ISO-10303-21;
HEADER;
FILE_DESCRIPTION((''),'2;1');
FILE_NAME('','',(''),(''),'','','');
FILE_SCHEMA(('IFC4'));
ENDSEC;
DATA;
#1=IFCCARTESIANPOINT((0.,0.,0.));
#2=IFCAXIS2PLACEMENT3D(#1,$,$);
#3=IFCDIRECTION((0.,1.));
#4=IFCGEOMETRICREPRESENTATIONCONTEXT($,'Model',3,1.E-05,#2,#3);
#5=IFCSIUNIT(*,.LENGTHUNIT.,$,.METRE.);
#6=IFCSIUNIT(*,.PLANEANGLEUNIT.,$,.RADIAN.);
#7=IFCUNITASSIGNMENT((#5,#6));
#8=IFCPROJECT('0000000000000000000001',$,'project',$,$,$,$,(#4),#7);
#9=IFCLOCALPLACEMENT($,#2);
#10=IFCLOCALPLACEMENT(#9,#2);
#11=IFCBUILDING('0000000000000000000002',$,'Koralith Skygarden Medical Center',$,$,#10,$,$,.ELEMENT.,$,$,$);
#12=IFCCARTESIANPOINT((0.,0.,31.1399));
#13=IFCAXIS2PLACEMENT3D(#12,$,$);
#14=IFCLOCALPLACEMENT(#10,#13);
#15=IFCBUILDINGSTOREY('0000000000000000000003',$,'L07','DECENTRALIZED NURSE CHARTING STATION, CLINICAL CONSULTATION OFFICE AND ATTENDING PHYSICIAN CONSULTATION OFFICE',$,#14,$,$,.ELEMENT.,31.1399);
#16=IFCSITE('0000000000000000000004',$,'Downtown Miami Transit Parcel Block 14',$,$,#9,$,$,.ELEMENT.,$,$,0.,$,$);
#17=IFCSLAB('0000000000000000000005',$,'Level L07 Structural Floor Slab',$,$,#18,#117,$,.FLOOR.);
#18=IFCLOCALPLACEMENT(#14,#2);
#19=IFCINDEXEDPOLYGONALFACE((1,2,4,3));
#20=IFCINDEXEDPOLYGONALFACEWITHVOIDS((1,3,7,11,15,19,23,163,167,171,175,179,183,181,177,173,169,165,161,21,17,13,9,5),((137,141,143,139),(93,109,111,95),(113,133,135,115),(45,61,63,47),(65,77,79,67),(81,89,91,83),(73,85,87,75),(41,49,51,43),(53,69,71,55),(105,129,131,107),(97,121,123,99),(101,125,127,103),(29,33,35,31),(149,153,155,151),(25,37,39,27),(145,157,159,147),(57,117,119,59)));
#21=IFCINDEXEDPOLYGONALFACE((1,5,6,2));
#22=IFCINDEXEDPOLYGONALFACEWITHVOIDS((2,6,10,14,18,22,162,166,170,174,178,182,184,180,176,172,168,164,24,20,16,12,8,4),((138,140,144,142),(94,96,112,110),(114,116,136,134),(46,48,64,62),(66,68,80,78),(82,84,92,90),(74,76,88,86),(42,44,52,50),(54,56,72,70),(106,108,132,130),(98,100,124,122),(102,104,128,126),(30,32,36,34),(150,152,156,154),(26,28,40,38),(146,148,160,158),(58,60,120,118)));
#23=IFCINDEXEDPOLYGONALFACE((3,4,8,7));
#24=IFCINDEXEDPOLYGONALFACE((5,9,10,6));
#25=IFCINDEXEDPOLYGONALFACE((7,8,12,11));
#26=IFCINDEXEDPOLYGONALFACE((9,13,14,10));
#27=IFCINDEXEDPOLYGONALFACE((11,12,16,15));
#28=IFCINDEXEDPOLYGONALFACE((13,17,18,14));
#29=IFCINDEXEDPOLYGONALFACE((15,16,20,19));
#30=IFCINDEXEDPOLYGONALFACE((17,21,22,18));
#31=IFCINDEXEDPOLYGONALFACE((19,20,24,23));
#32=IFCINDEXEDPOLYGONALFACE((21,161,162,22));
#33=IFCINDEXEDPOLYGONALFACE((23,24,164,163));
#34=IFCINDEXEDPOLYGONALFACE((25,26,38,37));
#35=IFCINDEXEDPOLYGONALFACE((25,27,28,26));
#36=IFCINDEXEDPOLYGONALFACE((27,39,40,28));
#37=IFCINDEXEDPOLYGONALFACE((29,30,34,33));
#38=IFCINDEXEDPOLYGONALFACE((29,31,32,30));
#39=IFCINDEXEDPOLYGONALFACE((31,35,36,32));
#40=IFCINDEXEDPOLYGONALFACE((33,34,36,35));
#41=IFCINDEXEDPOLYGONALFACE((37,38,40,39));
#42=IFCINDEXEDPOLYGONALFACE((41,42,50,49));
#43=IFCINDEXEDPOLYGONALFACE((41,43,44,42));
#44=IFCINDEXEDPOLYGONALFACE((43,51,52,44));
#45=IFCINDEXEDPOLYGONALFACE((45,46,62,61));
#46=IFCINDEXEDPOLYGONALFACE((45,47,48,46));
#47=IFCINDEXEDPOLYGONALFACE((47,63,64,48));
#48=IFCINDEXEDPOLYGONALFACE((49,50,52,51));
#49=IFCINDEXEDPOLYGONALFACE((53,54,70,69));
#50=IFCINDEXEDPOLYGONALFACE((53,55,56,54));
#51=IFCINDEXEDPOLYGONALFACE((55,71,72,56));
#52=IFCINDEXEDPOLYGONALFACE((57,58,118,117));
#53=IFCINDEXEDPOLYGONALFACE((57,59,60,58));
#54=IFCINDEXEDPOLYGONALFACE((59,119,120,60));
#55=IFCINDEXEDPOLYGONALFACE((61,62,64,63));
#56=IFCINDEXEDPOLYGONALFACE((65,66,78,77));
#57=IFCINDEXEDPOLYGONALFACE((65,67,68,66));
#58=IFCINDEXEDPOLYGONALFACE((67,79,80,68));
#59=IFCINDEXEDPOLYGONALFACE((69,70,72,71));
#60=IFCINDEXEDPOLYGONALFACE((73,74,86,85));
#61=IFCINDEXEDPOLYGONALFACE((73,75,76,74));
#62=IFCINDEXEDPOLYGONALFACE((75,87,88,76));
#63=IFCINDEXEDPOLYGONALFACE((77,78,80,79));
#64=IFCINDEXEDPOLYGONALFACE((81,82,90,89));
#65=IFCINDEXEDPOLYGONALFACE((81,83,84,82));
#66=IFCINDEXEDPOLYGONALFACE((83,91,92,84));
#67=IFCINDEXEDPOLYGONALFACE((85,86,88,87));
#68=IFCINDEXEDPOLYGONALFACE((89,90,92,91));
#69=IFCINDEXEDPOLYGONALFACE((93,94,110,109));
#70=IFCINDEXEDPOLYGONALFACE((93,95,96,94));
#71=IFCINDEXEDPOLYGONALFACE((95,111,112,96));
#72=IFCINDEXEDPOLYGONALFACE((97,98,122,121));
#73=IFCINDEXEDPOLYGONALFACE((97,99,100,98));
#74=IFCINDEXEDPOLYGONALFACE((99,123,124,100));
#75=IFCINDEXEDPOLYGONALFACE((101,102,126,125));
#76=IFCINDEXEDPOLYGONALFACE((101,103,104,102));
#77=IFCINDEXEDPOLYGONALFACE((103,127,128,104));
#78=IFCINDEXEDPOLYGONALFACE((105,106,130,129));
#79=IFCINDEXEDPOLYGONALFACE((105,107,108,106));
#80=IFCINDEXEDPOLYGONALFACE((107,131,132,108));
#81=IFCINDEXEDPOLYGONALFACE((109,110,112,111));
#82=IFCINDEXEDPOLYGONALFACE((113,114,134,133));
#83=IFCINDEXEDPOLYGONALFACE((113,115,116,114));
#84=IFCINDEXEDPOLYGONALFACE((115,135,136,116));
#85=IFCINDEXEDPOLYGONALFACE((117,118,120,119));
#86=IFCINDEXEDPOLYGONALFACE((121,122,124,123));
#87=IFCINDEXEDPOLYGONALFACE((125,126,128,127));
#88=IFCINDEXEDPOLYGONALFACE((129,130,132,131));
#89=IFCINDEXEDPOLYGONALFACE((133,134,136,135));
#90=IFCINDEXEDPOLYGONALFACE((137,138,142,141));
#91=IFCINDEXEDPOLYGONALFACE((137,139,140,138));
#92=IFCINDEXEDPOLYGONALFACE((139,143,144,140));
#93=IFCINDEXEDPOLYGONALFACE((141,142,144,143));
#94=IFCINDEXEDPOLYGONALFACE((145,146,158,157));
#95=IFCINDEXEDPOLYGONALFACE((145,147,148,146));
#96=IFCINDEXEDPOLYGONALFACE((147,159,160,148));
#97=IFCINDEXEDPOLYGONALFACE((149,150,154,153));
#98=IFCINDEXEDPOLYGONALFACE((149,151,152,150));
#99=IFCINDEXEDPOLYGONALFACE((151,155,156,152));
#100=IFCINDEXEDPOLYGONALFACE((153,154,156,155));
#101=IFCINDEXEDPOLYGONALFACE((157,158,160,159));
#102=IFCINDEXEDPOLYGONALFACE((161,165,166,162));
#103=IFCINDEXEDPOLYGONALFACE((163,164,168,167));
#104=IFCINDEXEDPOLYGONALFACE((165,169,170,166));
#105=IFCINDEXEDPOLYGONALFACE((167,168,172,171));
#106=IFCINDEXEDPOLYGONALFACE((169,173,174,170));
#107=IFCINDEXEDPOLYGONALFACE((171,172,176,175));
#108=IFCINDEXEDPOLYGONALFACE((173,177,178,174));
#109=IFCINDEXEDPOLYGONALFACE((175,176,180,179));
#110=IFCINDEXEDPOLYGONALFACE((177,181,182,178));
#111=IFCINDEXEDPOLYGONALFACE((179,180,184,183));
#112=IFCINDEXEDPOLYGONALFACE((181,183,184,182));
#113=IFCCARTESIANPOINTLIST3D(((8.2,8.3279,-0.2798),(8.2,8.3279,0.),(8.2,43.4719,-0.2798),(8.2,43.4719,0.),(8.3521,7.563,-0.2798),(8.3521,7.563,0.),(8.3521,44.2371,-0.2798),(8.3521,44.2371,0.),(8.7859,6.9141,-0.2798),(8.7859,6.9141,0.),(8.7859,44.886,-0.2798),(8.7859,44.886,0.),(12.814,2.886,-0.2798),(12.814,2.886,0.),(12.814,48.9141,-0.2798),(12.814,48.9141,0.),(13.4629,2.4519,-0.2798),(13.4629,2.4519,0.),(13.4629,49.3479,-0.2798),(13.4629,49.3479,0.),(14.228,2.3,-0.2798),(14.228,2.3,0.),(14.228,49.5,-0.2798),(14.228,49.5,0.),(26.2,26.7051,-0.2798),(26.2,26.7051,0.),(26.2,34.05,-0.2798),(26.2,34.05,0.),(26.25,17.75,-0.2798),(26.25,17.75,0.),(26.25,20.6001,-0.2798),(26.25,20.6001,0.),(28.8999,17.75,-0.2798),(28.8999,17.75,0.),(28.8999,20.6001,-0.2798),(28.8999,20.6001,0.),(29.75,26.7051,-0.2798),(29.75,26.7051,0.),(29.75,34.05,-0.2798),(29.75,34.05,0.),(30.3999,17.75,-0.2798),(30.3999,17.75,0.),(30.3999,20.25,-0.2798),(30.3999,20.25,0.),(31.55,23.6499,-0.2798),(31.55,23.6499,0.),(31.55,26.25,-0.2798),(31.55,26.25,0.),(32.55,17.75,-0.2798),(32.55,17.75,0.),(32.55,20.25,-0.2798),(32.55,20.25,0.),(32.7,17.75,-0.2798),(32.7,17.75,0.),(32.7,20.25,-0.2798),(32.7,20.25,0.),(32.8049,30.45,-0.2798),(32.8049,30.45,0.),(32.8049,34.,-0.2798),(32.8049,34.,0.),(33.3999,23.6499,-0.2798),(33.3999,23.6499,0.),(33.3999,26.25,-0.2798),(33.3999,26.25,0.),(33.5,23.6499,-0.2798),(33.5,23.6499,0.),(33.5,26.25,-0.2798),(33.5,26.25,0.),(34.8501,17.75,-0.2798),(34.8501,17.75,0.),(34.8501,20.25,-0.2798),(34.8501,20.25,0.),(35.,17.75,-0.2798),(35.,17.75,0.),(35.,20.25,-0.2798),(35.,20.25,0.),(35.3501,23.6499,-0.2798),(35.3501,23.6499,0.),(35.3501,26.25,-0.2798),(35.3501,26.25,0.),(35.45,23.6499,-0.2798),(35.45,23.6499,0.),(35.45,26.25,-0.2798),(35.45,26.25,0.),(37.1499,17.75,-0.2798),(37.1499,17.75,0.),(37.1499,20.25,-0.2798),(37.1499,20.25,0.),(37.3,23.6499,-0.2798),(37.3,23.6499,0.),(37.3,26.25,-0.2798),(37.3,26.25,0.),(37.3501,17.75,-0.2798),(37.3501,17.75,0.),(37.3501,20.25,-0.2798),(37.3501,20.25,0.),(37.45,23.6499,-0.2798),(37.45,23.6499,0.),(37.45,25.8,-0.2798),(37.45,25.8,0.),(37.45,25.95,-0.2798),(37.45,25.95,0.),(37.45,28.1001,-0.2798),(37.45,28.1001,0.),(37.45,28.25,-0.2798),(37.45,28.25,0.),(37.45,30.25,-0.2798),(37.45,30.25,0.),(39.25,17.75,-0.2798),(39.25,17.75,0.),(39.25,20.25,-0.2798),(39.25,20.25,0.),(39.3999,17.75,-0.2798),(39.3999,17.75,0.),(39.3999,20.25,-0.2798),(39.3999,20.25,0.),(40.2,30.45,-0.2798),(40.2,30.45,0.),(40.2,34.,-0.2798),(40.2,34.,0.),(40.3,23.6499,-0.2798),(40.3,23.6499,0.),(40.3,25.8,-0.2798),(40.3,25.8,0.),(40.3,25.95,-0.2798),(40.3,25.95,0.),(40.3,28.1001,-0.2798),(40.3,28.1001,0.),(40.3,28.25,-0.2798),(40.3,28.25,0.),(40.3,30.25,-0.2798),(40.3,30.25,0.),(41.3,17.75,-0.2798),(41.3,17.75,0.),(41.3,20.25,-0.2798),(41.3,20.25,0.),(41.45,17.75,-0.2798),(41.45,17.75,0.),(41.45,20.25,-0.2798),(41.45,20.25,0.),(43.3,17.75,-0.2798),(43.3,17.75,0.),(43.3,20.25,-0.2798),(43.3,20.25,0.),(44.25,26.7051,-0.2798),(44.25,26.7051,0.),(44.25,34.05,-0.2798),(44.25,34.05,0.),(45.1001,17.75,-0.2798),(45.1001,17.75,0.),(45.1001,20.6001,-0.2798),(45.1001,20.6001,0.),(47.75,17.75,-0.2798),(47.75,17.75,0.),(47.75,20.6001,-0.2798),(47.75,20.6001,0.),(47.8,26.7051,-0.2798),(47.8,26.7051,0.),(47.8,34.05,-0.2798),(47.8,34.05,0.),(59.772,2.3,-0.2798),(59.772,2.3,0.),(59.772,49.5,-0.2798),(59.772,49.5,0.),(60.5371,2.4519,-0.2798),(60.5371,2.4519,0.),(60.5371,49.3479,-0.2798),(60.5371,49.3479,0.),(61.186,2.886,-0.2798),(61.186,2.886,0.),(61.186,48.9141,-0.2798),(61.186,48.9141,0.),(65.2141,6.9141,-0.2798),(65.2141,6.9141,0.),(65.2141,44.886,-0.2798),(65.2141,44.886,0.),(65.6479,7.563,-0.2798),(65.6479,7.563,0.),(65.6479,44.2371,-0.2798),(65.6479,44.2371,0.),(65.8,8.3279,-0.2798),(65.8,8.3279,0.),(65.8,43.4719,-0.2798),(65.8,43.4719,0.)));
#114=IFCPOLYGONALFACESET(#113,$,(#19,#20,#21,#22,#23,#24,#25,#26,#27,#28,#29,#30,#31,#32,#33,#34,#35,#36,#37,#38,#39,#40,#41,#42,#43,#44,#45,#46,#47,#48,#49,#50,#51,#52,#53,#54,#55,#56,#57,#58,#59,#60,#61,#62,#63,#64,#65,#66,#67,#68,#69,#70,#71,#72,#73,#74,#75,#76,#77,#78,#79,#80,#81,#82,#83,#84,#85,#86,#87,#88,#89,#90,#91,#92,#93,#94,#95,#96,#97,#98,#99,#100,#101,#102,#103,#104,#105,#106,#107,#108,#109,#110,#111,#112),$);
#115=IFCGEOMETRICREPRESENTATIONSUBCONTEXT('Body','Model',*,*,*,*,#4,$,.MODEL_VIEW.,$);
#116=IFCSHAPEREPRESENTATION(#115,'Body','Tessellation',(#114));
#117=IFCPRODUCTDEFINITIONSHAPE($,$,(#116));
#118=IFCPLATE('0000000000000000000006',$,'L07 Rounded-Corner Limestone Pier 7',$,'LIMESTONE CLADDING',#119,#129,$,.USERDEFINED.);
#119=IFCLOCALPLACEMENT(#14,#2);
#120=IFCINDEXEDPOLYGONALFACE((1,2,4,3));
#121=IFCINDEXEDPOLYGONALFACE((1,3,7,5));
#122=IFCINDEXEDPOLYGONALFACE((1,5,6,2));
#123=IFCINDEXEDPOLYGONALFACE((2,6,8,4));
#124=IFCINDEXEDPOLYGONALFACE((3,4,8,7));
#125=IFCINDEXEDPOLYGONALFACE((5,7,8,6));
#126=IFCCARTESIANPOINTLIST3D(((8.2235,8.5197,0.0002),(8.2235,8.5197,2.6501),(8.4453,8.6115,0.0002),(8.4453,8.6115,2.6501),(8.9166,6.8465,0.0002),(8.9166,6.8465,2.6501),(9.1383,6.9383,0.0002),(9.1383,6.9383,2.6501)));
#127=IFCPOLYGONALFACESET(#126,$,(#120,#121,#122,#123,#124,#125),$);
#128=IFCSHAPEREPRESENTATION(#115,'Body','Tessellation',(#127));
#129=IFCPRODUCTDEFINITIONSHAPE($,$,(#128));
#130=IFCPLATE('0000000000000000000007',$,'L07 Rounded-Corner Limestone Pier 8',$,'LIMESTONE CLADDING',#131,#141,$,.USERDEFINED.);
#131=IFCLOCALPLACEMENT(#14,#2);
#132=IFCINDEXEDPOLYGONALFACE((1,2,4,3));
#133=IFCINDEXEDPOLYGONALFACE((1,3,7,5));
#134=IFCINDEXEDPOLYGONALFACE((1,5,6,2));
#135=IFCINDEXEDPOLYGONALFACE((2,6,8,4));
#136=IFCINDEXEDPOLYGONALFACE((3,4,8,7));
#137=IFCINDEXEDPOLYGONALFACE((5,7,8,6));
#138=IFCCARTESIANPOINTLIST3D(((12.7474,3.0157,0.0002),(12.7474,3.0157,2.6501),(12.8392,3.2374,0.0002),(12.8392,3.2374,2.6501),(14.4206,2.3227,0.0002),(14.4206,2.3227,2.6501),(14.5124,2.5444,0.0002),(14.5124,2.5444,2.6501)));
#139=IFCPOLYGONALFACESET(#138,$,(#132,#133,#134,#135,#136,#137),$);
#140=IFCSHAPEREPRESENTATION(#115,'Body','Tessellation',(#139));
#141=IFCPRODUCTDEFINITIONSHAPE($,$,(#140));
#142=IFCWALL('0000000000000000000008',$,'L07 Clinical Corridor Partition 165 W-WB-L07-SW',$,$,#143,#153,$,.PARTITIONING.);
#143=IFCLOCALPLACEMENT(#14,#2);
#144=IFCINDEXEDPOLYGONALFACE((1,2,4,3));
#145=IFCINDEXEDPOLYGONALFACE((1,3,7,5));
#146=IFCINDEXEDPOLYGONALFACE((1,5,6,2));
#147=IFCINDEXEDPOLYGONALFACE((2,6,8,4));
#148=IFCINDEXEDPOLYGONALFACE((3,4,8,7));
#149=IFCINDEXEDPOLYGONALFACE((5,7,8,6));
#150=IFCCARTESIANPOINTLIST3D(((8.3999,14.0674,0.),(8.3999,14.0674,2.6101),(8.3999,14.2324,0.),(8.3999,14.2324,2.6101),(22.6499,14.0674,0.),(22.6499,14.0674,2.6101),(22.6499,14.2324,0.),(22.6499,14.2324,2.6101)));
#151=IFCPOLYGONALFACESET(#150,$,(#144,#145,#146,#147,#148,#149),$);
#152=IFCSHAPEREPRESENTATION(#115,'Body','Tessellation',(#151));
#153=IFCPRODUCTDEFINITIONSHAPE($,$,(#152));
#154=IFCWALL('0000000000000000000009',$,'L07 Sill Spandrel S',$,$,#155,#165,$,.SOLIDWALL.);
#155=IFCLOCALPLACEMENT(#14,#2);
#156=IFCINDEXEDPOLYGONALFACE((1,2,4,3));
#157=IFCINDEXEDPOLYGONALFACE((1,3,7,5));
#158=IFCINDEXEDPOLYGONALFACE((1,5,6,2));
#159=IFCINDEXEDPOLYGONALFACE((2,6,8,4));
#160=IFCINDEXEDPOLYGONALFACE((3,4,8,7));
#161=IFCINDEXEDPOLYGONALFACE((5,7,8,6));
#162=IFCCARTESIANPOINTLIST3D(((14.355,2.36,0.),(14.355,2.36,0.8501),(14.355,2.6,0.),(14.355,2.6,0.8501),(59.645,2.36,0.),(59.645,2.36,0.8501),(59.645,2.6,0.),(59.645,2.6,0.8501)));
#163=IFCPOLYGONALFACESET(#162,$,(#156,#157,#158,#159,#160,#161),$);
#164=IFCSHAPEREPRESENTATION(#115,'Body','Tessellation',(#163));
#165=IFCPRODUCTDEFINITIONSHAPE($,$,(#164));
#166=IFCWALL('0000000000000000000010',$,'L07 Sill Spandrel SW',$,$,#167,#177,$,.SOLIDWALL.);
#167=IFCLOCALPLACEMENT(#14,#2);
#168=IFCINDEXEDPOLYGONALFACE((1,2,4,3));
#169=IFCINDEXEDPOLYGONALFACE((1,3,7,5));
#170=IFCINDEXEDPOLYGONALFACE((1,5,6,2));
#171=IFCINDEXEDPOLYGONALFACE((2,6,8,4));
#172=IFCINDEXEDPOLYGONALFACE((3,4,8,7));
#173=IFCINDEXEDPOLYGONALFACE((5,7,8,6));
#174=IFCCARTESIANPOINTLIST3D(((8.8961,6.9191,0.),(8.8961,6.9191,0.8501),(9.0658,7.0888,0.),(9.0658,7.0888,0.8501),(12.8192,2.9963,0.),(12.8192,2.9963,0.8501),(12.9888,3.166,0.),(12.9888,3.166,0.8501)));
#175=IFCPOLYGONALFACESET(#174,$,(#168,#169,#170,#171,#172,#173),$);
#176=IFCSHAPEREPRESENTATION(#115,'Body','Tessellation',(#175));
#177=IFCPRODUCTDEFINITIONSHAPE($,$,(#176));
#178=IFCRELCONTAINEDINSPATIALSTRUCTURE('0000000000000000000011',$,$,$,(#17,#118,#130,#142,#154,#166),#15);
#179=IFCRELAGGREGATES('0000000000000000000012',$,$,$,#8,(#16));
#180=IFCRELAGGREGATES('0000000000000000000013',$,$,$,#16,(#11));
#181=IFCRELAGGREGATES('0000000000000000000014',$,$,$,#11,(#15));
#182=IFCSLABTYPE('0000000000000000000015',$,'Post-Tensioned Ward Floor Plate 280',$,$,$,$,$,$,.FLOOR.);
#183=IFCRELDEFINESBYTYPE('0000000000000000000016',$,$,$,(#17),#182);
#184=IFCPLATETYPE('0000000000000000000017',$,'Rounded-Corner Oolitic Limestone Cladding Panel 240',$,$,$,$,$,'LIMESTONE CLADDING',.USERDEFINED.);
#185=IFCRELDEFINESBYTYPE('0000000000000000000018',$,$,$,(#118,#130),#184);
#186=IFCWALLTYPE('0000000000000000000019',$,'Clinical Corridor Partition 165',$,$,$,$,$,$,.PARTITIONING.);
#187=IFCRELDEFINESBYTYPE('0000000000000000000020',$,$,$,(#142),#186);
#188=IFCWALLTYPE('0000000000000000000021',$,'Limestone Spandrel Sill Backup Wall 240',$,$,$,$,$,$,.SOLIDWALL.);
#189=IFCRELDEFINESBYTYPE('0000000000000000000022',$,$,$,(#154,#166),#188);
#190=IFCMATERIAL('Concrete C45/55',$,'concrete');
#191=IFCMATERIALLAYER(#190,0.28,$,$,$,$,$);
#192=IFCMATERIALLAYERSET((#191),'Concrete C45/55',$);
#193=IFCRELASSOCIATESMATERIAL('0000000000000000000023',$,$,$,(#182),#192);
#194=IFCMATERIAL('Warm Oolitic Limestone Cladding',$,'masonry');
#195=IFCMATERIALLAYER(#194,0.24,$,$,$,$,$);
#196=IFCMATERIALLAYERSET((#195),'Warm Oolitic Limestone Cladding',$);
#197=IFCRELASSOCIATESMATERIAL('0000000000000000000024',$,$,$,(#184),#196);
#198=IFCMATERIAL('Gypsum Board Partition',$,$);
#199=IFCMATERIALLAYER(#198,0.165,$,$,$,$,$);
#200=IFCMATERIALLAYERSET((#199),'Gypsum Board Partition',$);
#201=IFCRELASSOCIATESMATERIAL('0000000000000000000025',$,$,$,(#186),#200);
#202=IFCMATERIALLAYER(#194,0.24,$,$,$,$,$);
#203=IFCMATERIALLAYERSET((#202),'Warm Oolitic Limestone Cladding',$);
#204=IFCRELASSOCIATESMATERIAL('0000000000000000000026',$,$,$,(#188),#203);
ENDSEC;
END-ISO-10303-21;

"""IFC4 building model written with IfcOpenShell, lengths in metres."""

from ifc_helpers import new_model, si_unit, direction, frame, frame_2d, origin, origin_2d, place, context, subcontext, project, spatial, polyline, rectangle, outline, extrude, material, layer, layer_set, type_object, element, save


model = new_model("IFC4")

# Units and contexts
model_context = context("Model", 3, precision=1e-05, world=origin(), true_north=direction((0.0, 1.0)))
body_context = subcontext(model_context, "Body", "Model", "MODEL_VIEW")
ifc_project = project(units=[si_unit("LENGTHUNIT", "METRE"), si_unit("PLANEANGLEUNIT", "RADIAN")], contexts=[model_context])

# Site, building, storey
site_placement = place(None, origin())
site = spatial("IfcSite", under=ifc_project, at=site_placement, Name="Downtown Miami Transit Parcel Block 14", CompositionType="ELEMENT", RefElevation=0.0)
building_placement = place(site_placement, origin())
building = spatial("IfcBuilding", under=site, at=building_placement, Name="Koralith Skygarden Medical Center", CompositionType="ELEMENT")
storey_placement = place(building_placement, frame((0.0, 0.0, 31.1399)))
storey = spatial("IfcBuildingStorey", under=building, at=storey_placement, Name="L07", Description="DECENTRALIZED NURSE CHARTING STATION, CLINICAL CONSULTATION OFFICE AND ATTENDING PHYSICIAN CONSULTATION OFFICE", CompositionType="ELEMENT", Elevation=31.1399)

# Shared definitions
ifc_material_1 = material(Name="Concrete C45/55", Category="concrete")

# Slab
ifc_layer_1 = layer(ifc_material_1, 0.28)
ifc_layer_set_1 = layer_set([ifc_layer_1], Name="Concrete C45/55")
slab_type_1 = type_object("IfcSlabType", Name="Post-Tensioned Ward Floor Plate 280", PredefinedType="FLOOR", material=ifc_layer_set_1)
slab_1_placement = place(storey_placement, frame((0.0, 0.0, -0.2798)))
element("IfcSlab", 1, at=slab_1_placement, inside=storey, type_object=slab_type_1, Name="Level L07 Structural Floor Slab", PredefinedType="FLOOR", context=body_context, shape_type="SweptSolid", body=[
    extrude(outline(polyline([(12.814, 2.886), (13.4629, 2.4519), (14.228, 2.3), (59.772, 2.3), (60.5371, 2.4519), (61.186, 2.886), (65.2141, 6.9141), (65.6479, 7.563), (65.8, 8.3279), (65.8, 43.4719), (65.6479, 44.2371), (65.2141, 44.886), (61.186, 48.9141), (60.5371, 49.3479), (59.772, 49.5), (14.228, 49.5), (13.4629, 49.3479), (12.814, 48.9141), (8.7859, 44.886), (8.3521, 44.2371), (8.2, 43.4719), (8.2, 8.3279), (8.3521, 7.563), (8.7859, 6.9141), (12.814, 2.886)]), holes=[polyline([(26.2, 26.7051), (29.75, 26.7051), (29.75, 34.05), (26.2, 34.05), (26.2, 26.7051)]), polyline([(44.25, 26.7051), (47.8, 26.7051), (47.8, 34.05), (44.25, 34.05), (44.25, 26.7051)]), polyline([(32.8049, 30.45), (40.2, 30.45), (40.2, 34.0), (32.8049, 34.0), (32.8049, 30.45)]), polyline([(26.25, 17.75), (28.8999, 17.75), (28.8999, 20.6001), (26.25, 20.6001), (26.25, 17.75)]), polyline([(45.1001, 17.75), (47.75, 17.75), (47.75, 20.6001), (45.1001, 20.6001), (45.1001, 17.75)]), polyline([(30.3999, 17.75), (32.55, 17.75), (32.55, 20.25), (30.3999, 20.25), (30.3999, 17.75)]), polyline([(32.7, 17.75), (34.8501, 17.75), (34.8501, 20.25), (32.7, 20.25), (32.7, 17.75)]), polyline([(35.0, 17.75), (37.1499, 17.75), (37.1499, 20.25), (35.0, 20.25), (35.0, 17.75)]), polyline([(37.3501, 17.75), (39.25, 17.75), (39.25, 20.25), (37.3501, 20.25), (37.3501, 17.75)]), polyline([(39.3999, 17.75), (41.3, 17.75), (41.3, 20.25), (39.3999, 20.25), (39.3999, 17.75)]), polyline([(41.45, 17.75), (43.3, 17.75), (43.3, 20.25), (41.45, 20.25), (41.45, 17.75)]), polyline([(31.55, 23.6499), (33.3999, 23.6499), (33.3999, 26.25), (31.55, 26.25), (31.55, 23.6499)]), polyline([(33.5, 23.6499), (35.3501, 23.6499), (35.3501, 26.25), (33.5, 26.25), (33.5, 23.6499)]), polyline([(35.45, 23.6499), (37.3, 23.6499), (37.3, 26.25), (35.45, 26.25), (35.45, 23.6499)]), polyline([(37.45, 23.6499), (40.3, 23.6499), (40.3, 25.8), (37.45, 25.8), (37.45, 23.6499)]), polyline([(37.45, 25.95), (40.3, 25.95), (40.3, 28.1001), (37.45, 28.1001), (37.45, 25.95)]), polyline([(37.45, 28.25), (40.3, 28.25), (40.3, 30.25), (37.45, 30.25), (37.45, 28.25)])]), origin(), (0.0, 0.0, 1.0), 0.2798),
])

# Plates
ifc_material_2 = material(Name="Warm Oolitic Limestone Cladding", Category="masonry")
ifc_layer_2 = layer(ifc_material_2, 0.24)
ifc_layer_set_2 = layer_set([ifc_layer_2], Name="Warm Oolitic Limestone Cladding")
plate_type_1 = type_object("IfcPlateType", Name="Rounded-Corner Oolitic Limestone Cladding Panel 240", ElementType="LIMESTONE CLADDING", PredefinedType="USERDEFINED", material=ifc_layer_set_2)
for number, where, z_axis, x_axis, name in (
    (2, (8.6809, 7.729, 0.0002), (0.0, 0.0, 1.0), (0.382671, -0.923885, 0.0), "L07 Rounded-Corner Limestone Pier 7"),
    (3, (13.6299, 2.78, 0.0002), (0.0, 0.0, 1.0), (0.923885, -0.382671, 0.0), "L07 Rounded-Corner Limestone Pier 8"),
):
    element("IfcPlate", number, at=place(storey_placement, frame(where, z_axis=z_axis, x_axis=x_axis)), inside=storey, type_object=plate_type_1, Name=name, ObjectType="LIMESTONE CLADDING", PredefinedType="USERDEFINED", context=body_context, shape_type="SweptSolid", body=[
        extrude(rectangle(XDim=1.811, YDim=0.24, at=origin_2d()), origin(), (0.0, 0.0, 1.0), 2.6499),
    ])

# Walls
ifc_material_3 = material(Name="Gypsum Board Partition")
ifc_layer_3 = layer(ifc_material_3, 0.165)
ifc_layer_set_3 = layer_set([ifc_layer_3], Name="Gypsum Board Partition")
wall_type_1 = type_object("IfcWallType", Name="Clinical Corridor Partition 165", PredefinedType="PARTITIONING", material=ifc_layer_set_3)
wall_1_placement = place(storey_placement, frame((8.3999, 14.1499, 0.0), z_axis=(0.0, 0.0, 1.0), x_axis=(1.0, 0.0, 0.0)))
element("IfcWall", 4, at=wall_1_placement, inside=storey, type_object=wall_type_1, Name="L07 Clinical Corridor Partition 165 W-WB-L07-SW", PredefinedType="PARTITIONING", context=body_context, shape_type="SweptSolid", body=[
    extrude(rectangle(XDim=14.25, YDim=0.165, at=frame_2d((7.125, 0.0))), origin(), (0.0, 0.0, 1.0), 2.6101),
])
ifc_layer_4 = layer(ifc_material_2, 0.24)
ifc_layer_set_4 = layer_set([ifc_layer_4], Name="Warm Oolitic Limestone Cladding")
wall_type_2 = type_object("IfcWallType", Name="Limestone Spandrel Sill Backup Wall 240", PredefinedType="SOLIDWALL", material=ifc_layer_set_4)
wall_2_placement = place(storey_placement, frame((14.355, 2.48, 0.0), z_axis=(0.0, 0.0, 1.0), x_axis=(1.0, 0.0, 0.0)))
element("IfcWall", 5, at=wall_2_placement, inside=storey, type_object=wall_type_2, Name="L07 Sill Spandrel S", PredefinedType="SOLIDWALL", context=body_context, shape_type="SweptSolid", body=[
    extrude(rectangle(XDim=45.29, YDim=0.24, at=frame_2d((22.645, 0.0))), origin(), (0.0, 0.0, 1.0), 0.8501),
])
wall_3_placement = place(storey_placement, frame((8.981, 7.0039, 0.0), z_axis=(0.0, 0.0, 1.0), x_axis=(0.707129, -0.707085, 0.0)))
element("IfcWall", 6, at=wall_3_placement, inside=storey, type_object=wall_type_2, Name="L07 Sill Spandrel SW", PredefinedType="SOLIDWALL", context=body_context, shape_type="SweptSolid", body=[
    extrude(rectangle(XDim=5.5479, YDim=0.24, at=frame_2d((2.7739, 0.0))), origin(), (0.0, 0.0, 1.0), 0.8501),
])

save(model, "model.ifc")
